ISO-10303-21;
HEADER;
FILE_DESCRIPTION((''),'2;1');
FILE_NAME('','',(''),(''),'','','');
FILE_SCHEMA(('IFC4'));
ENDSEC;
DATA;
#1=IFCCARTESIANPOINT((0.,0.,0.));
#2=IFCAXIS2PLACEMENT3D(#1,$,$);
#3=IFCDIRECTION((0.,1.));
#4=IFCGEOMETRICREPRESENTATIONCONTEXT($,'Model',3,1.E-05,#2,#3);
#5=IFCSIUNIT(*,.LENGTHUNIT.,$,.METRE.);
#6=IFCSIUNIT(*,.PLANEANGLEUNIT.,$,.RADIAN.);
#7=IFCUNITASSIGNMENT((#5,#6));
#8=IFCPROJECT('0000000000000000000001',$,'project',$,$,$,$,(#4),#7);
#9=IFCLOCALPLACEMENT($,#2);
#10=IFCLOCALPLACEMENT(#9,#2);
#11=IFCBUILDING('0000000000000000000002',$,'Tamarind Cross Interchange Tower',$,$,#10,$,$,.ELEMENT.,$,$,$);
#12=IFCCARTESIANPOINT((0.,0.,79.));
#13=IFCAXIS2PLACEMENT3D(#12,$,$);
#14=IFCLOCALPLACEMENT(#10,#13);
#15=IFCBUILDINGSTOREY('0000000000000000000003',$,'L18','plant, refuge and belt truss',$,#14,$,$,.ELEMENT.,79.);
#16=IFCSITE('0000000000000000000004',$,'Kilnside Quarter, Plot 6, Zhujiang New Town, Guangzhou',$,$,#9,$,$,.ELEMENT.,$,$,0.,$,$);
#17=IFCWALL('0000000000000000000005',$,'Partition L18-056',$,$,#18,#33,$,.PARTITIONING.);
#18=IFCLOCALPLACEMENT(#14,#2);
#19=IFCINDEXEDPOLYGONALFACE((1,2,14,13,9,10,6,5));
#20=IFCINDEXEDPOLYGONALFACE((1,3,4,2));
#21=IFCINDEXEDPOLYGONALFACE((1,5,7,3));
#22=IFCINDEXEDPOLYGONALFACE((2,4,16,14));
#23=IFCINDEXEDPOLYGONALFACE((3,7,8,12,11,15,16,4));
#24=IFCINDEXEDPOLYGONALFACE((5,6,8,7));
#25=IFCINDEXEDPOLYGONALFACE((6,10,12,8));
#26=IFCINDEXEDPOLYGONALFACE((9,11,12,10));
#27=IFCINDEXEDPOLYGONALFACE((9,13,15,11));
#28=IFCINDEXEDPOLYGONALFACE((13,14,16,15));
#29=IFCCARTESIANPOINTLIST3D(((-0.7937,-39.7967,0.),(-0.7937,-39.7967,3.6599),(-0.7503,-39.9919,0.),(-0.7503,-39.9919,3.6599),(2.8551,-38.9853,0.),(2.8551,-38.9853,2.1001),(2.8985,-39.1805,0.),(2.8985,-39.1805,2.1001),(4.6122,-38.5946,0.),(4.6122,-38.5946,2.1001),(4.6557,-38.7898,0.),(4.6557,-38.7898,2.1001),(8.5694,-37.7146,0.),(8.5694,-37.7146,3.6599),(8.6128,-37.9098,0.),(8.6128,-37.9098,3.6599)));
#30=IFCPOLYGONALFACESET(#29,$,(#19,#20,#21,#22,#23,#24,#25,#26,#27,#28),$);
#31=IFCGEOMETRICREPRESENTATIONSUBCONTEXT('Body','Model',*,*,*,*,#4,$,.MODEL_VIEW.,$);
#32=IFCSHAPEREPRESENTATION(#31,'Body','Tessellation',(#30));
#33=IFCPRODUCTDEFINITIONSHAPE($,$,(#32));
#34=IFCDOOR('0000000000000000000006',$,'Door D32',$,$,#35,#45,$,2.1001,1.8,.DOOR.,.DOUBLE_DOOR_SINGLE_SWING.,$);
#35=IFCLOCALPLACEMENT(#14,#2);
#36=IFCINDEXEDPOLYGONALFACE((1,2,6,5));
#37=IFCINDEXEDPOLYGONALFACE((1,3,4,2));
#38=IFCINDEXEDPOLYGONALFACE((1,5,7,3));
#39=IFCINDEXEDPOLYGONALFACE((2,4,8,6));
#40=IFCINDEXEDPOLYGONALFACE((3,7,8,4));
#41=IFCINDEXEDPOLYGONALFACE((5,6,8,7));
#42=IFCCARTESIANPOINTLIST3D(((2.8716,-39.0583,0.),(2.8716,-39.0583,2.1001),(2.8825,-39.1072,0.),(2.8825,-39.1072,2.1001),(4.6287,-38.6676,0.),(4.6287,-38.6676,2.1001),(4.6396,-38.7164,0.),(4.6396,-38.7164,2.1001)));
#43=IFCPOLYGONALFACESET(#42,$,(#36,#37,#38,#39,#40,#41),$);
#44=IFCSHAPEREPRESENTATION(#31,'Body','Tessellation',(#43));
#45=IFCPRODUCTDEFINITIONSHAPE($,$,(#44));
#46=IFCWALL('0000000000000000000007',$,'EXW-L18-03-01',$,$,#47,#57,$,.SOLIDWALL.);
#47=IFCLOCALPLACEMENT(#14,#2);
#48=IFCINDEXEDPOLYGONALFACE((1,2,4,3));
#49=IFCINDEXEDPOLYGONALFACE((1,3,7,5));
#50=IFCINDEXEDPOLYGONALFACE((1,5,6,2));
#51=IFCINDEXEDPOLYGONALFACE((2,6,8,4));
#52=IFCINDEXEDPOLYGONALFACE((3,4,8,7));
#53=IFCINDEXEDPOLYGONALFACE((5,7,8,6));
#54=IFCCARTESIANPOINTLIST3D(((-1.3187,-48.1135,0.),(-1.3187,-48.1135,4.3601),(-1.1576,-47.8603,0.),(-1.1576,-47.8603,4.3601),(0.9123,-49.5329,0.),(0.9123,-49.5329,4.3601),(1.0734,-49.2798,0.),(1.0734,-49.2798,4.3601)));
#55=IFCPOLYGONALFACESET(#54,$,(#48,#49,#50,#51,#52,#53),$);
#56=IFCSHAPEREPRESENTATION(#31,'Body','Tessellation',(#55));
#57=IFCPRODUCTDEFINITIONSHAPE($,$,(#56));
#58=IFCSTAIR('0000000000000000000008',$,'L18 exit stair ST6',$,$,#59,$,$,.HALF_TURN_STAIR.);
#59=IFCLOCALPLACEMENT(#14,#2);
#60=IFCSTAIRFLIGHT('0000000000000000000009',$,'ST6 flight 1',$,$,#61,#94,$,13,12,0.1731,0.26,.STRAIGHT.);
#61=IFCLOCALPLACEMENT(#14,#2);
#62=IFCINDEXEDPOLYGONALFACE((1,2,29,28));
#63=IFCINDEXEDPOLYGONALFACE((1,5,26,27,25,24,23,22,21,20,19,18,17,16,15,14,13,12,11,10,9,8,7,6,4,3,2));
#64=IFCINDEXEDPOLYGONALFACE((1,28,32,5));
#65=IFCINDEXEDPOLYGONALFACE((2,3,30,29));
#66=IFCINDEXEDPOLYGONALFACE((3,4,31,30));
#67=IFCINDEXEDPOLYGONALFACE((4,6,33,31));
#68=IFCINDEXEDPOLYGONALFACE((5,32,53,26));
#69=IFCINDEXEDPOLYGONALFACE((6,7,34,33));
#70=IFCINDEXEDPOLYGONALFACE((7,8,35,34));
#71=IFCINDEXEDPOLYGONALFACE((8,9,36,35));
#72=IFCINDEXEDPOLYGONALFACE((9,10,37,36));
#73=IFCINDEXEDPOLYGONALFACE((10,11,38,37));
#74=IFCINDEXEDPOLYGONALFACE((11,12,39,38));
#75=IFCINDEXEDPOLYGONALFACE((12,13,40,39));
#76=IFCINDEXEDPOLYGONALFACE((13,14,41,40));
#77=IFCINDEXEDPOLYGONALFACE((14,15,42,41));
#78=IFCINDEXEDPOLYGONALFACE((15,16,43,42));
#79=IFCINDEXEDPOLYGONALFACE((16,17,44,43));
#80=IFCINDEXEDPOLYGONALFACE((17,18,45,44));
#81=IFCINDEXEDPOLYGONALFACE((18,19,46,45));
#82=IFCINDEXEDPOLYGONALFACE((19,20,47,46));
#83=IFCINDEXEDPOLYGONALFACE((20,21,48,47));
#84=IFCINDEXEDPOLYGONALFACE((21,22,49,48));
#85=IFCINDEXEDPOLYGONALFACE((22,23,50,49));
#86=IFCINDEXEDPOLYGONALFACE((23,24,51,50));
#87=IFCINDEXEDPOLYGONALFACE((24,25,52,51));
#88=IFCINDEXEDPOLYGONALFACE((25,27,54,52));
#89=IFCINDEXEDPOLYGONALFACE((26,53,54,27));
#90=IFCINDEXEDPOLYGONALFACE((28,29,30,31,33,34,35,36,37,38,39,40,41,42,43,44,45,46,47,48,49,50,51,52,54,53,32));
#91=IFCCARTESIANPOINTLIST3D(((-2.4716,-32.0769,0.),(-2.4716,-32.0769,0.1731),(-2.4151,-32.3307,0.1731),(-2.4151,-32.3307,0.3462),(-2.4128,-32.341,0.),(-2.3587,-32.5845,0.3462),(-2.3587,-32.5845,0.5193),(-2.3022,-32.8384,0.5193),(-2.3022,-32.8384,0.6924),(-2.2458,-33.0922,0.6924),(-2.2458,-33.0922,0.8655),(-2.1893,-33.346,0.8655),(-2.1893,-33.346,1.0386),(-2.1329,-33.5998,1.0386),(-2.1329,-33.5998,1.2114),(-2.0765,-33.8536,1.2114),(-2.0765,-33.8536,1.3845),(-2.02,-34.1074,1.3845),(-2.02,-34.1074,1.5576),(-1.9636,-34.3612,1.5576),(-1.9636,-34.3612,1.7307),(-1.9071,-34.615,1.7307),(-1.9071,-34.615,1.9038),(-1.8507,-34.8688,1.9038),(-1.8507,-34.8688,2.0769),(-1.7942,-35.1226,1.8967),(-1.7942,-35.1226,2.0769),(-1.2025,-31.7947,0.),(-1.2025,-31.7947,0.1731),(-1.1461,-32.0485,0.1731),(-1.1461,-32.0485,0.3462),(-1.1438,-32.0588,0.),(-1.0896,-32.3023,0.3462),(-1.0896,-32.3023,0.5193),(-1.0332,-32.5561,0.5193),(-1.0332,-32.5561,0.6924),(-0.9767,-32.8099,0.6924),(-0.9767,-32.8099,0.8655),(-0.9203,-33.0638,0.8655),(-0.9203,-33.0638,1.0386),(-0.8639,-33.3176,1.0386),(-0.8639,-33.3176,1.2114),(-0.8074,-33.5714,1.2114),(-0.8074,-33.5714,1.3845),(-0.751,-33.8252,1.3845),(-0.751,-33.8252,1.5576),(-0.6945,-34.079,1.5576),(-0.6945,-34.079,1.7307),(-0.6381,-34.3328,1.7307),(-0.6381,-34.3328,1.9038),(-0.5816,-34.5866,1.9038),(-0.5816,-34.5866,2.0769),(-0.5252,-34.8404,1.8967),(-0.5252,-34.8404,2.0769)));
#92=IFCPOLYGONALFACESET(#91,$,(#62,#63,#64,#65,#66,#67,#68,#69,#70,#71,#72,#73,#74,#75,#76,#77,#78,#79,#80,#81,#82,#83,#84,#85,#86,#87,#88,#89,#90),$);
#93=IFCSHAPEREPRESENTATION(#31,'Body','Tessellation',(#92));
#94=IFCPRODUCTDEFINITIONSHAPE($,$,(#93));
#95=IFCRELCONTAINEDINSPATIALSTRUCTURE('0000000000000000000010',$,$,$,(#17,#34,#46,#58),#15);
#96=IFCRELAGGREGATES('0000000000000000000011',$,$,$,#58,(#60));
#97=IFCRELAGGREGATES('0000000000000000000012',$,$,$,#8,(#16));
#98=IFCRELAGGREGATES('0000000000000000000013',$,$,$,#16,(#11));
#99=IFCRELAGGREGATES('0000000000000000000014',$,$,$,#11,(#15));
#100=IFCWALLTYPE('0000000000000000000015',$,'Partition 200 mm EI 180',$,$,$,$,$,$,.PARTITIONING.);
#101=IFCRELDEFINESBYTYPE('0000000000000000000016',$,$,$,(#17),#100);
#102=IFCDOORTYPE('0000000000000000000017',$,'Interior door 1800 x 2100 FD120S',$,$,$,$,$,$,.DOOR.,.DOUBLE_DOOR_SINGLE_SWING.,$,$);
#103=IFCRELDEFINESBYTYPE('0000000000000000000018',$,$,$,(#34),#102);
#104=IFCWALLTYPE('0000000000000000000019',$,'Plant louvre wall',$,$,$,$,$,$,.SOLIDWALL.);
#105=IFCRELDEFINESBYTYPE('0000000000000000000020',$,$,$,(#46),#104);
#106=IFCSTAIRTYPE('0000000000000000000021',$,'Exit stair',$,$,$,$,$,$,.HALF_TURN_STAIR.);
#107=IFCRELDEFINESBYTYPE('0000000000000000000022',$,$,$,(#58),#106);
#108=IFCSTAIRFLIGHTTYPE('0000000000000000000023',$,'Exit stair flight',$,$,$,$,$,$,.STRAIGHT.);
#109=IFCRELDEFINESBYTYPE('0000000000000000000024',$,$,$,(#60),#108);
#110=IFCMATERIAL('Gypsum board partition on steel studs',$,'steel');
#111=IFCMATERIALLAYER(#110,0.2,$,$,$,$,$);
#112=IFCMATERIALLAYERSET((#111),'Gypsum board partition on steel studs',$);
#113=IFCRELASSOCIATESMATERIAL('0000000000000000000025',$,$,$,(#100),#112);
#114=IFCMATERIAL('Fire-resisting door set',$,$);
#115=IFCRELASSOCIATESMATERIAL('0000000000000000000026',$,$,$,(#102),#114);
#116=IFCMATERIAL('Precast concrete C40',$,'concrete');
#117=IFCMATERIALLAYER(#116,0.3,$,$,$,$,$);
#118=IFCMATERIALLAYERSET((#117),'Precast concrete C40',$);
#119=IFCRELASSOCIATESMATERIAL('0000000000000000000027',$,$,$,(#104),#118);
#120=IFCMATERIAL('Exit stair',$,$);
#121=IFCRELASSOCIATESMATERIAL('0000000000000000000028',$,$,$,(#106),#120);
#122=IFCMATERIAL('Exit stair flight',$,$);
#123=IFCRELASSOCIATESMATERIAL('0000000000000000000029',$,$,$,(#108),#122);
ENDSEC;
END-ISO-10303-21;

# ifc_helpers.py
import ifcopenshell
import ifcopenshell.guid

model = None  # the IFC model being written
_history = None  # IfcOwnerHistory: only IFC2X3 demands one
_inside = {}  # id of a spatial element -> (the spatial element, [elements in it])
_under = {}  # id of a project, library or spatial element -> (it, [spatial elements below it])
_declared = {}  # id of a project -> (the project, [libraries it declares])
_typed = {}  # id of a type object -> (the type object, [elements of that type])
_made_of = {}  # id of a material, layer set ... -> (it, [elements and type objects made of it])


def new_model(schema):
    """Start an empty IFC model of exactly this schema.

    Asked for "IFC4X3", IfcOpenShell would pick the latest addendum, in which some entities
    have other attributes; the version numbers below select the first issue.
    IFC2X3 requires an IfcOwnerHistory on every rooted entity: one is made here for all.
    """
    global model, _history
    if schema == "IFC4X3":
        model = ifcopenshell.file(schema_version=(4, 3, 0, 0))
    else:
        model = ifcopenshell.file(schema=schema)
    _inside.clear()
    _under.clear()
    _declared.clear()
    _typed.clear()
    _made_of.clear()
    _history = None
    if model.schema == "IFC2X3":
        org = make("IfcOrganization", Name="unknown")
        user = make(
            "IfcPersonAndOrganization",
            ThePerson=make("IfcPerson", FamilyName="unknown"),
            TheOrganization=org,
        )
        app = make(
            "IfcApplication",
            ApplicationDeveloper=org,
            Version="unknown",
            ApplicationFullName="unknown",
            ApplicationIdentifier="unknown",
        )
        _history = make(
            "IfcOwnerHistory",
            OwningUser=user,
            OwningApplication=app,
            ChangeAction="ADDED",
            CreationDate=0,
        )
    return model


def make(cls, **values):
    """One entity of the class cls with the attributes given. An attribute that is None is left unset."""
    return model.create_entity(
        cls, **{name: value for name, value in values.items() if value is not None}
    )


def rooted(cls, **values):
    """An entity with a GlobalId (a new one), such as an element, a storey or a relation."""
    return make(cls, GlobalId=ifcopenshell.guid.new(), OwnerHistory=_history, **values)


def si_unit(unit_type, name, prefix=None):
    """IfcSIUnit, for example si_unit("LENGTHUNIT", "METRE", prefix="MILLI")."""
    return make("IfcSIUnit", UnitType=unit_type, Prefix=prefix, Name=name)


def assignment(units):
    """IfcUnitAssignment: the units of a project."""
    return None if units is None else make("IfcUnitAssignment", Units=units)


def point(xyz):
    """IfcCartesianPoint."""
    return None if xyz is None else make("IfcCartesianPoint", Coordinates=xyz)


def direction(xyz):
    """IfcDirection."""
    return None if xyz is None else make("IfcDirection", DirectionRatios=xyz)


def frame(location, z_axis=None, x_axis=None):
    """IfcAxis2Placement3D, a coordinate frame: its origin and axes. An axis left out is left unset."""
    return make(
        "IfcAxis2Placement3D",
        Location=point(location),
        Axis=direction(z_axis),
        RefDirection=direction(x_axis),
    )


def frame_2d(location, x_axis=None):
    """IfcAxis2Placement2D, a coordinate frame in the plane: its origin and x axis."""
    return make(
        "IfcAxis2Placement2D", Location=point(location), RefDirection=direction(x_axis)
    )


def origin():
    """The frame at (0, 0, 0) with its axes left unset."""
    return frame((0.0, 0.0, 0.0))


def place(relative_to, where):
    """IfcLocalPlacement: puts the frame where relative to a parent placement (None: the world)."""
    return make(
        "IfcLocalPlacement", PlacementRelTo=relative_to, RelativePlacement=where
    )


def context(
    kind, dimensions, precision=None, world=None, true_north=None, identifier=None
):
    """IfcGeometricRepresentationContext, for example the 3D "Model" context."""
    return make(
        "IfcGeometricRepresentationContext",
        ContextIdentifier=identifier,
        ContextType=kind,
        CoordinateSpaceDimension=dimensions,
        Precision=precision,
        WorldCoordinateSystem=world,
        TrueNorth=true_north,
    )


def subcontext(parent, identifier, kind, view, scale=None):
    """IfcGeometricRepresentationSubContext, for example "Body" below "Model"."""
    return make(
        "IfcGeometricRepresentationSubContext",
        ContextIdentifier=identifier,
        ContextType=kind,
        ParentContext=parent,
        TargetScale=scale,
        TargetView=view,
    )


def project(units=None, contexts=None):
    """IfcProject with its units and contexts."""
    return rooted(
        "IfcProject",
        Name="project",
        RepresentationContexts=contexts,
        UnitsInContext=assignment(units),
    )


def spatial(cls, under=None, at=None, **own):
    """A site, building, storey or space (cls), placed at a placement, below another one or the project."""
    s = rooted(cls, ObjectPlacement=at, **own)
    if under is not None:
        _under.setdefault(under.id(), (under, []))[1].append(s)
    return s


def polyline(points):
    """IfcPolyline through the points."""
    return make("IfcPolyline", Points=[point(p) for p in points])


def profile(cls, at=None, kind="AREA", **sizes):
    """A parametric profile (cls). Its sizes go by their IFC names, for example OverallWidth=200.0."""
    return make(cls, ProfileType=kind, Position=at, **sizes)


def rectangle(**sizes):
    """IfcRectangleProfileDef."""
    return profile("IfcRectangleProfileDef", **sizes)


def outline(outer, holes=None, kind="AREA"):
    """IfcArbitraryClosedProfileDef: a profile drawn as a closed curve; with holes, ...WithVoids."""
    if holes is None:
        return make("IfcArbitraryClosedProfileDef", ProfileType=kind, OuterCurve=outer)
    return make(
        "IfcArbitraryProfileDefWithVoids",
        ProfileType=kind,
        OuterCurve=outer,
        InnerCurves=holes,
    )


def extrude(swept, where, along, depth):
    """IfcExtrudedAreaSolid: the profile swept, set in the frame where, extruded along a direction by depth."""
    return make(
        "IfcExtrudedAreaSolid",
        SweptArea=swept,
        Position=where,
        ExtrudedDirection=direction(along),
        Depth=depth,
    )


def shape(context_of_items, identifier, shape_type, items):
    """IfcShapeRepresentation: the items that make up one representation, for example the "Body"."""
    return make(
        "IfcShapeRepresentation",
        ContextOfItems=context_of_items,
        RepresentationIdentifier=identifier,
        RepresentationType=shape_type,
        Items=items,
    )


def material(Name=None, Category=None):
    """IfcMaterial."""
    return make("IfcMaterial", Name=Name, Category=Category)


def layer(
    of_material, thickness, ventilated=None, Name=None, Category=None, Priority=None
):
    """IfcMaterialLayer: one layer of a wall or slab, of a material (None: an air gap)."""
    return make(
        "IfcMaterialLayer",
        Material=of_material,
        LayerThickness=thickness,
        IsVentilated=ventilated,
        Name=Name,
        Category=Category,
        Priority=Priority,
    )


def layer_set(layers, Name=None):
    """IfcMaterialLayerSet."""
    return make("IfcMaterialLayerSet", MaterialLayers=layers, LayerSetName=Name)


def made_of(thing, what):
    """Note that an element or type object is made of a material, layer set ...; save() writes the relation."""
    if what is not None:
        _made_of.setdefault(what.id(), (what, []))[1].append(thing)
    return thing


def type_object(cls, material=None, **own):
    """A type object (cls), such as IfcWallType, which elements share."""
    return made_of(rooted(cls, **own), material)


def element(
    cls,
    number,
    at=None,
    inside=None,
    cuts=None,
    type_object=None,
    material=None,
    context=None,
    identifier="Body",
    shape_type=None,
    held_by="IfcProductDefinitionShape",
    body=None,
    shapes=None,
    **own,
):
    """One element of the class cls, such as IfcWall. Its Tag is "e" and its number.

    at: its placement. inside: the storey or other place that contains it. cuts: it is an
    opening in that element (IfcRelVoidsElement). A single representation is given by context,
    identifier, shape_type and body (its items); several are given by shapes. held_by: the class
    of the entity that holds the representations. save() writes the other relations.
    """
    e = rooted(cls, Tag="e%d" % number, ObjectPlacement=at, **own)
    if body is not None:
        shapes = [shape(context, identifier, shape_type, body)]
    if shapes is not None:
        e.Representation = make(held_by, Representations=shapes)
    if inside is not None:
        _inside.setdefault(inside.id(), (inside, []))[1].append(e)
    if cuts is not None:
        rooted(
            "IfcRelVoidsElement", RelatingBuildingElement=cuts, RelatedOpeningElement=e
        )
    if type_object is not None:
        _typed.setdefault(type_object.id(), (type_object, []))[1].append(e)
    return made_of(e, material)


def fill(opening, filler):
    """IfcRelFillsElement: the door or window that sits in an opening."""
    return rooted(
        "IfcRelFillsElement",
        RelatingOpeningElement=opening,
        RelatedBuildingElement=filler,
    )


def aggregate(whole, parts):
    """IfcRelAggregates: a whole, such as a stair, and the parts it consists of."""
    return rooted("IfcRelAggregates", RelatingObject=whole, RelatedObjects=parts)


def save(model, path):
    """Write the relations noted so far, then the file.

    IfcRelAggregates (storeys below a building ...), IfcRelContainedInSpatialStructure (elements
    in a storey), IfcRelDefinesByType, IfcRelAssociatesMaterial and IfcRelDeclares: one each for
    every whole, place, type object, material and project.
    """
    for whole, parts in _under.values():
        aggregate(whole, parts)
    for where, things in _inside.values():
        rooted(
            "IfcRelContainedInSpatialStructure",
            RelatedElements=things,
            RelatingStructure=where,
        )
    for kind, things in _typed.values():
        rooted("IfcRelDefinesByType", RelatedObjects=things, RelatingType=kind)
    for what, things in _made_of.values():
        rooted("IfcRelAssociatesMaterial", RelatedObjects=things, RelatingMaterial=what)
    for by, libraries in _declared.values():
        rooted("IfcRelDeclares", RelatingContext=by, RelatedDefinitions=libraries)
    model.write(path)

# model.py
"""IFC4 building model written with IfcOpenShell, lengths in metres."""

from ifc_helpers import new_model, si_unit, direction, frame, frame_2d, origin, place, context, subcontext, project, spatial, polyline, rectangle, outline, extrude, material, layer, layer_set, type_object, element, fill, aggregate, save


model = new_model("IFC4")

# Units and contexts
model_context = context("Model", 3, precision=1e-05, world=origin(), true_north=direction((0.0, 1.0)))
body_context = subcontext(model_context, "Body", "Model", "MODEL_VIEW")
ifc_project = project(units=[si_unit("LENGTHUNIT", "METRE"), si_unit("PLANEANGLEUNIT", "RADIAN")], contexts=[model_context])

# Site, building, storey
site_placement = place(None, origin())
site = spatial("IfcSite", under=ifc_project, at=site_placement, Name="Kilnside Quarter, Plot 6, Zhujiang New Town, Guangzhou", CompositionType="ELEMENT", RefElevation=0.0)
building_placement = place(site_placement, origin())
building = spatial("IfcBuilding", under=site, at=building_placement, Name="Tamarind Cross Interchange Tower", CompositionType="ELEMENT")
storey_placement = place(building_placement, frame((0.0, 0.0, 79.0)))
storey = spatial("IfcBuildingStorey", under=building, at=storey_placement, Name="L18", Description="plant, refuge and belt truss", CompositionType="ELEMENT", Elevation=79.0)

# Shared definitions
ifc_material_1 = material(Name="Gypsum board partition on steel studs", Category="steel")
ifc_layer_1 = layer(ifc_material_1, 0.2)
ifc_layer_set_1 = layer_set([ifc_layer_1], Name="Gypsum board partition on steel studs")
wall_type_1 = type_object("IfcWallType", Name="Partition 200 mm EI 180", PredefinedType="PARTITIONING", material=ifc_layer_set_1)

# Wall, opening, door
wall_1_placement = place(storey_placement, frame((-0.772, -39.8943, 0.0), z_axis=(0.0, 0.0, 1.0), x_axis=(0.976157, 0.217065, 0.0)))
wall_1 = element("IfcWall", 1, at=wall_1_placement, inside=storey, type_object=wall_type_1, Name="Partition L18-056", PredefinedType="PARTITIONING", context=body_context, shape_type="SweptSolid", body=[
    extrude(rectangle(XDim=9.5918, YDim=0.2, at=frame_2d((4.7959, 0.0))), origin(), (0.0, 0.0, 1.0), 3.6599),
])
opening_placement = place(wall_1_placement, frame((3.738, 0.0, 0.0)))
opening = element("IfcOpeningElement", 2, at=opening_placement, cuts=wall_1, PredefinedType="OPENING", context=body_context, shape_type="SweptSolid", body=[
    extrude(rectangle(XDim=1.8, YDim=2.1001, at=frame_2d((0.8999, 1.05))), frame((0.0, 0.1099, 0.0), z_axis=(0.0, -1.0, 0.0), x_axis=(1.0, 0.0, 0.0)), (0.0, 0.0, 1.0), 0.22),
])
ifc_material_2 = material(Name="Fire-resisting door set")
door_type = type_object("IfcDoorType", Name="Interior door 1800 x 2100 FD120S", OperationType="DOUBLE_DOOR_SINGLE_SWING", PredefinedType="DOOR", material=ifc_material_2)
door_placement = place(opening_placement, frame((1.8, 0.0, 0.0), z_axis=(0.0, 0.0, 1.0), x_axis=(-1.0, 0.0, 0.0)))
door = element("IfcDoor", 3, at=door_placement, inside=storey, type_object=door_type, Name="Door D32", OperationType="DOUBLE_DOOR_SINGLE_SWING", OverallHeight=2.1001, OverallWidth=1.8, PredefinedType="DOOR", context=body_context, shape_type="SweptSolid", body=[
    extrude(rectangle(XDim=1.8, YDim=2.1001, at=frame_2d((0.8999, 1.05))), frame((0.0, 0.0249, 0.0), z_axis=(0.0, -1.0, 0.0), x_axis=(1.0, 0.0, 0.0)), (0.0, 0.0, 1.0), 0.05),
])
fill(opening, door)

# Wall
ifc_material_3 = material(Name="Precast concrete C40", Category="concrete")
ifc_layer_2 = layer(ifc_material_3, 0.3)
ifc_layer_set_2 = layer_set([ifc_layer_2], Name="Precast concrete C40")
wall_type_2 = type_object("IfcWallType", Name="Plant louvre wall", PredefinedType="SOLIDWALL", material=ifc_layer_set_2)
wall_2_placement = place(storey_placement, frame((-1.2383, -47.9868, 0.0), z_axis=(0.0, 0.0, 1.0), x_axis=(0.843707, -0.536804, 0.0)))
element("IfcWall", 4, at=wall_2_placement, inside=storey, type_object=wall_type_2, Name="EXW-L18-03-01", PredefinedType="SOLIDWALL", context=body_context, shape_type="SweptSolid", body=[
    extrude(rectangle(XDim=2.6443, YDim=0.3, at=frame_2d((1.3223, 0.0))), origin(), (0.0, 0.0, 1.0), 4.3601),
])

# Stair, stair flight
ifc_material_4 = material(Name="Exit stair")
stair_type = type_object("IfcStairType", Name="Exit stair", PredefinedType="HALF_TURN_STAIR", material=ifc_material_4)
stair_placement = place(storey_placement, origin())
stair = element("IfcStair", 5, at=stair_placement, inside=storey, type_object=stair_type, Name="L18 exit stair ST6", PredefinedType="HALF_TURN_STAIR")
ifc_material_5 = material(Name="Exit stair flight")
stair_flight_type = type_object("IfcStairFlightType", Name="Exit stair flight", PredefinedType="STRAIGHT", material=ifc_material_5)
stair_flight_placement = place(storey_placement, frame((-1.8369, -31.9358, 0.0), z_axis=(0.0, 0.0, 1.0), x_axis=(0.21708, -0.976154, 0.0)))
stair_flight = element("IfcStairFlight", 6, at=stair_flight_placement, type_object=stair_flight_type, Name="ST6 flight 1", NumberOfRisers=13, NumberOfTreads=12, PredefinedType="STRAIGHT", RiserHeight=0.1731, TreadLength=0.26, context=body_context, shape_type="SweptSolid", body=[
    extrude(outline(polyline([(0.0, 0.0), (0.0, 0.1731), (0.26, 0.1731), (0.26, 0.3462), (0.52, 0.3462), (0.52, 0.5193), (0.78, 0.5193), (0.78, 0.6924), (1.04, 0.6924), (1.04, 0.8655), (1.3, 0.8655), (1.3, 1.0386), (1.5601, 1.0386), (1.5601, 1.2114), (1.8201, 1.2114), (1.8201, 1.3845), (2.0801, 1.3845), (2.0801, 1.5576), (2.3401, 1.5576), (2.3401, 1.7307), (2.6001, 1.7307), (2.6001, 1.9038), (2.8601, 1.9038), (2.8601, 2.0769), (3.1201, 2.0769), (3.1201, 2.25), (3.1201, 1.8967), (0.2705, 0.0), (0.0, 0.0)])), frame((0.0, 0.6499, 0.0), z_axis=(0.0, -1.0, 0.0), x_axis=(1.0, 0.0, 0.0)), (0.0, 0.0, 1.0), 1.3),
])
aggregate(stair, [stair_flight])

save(model, "model.ifc")
